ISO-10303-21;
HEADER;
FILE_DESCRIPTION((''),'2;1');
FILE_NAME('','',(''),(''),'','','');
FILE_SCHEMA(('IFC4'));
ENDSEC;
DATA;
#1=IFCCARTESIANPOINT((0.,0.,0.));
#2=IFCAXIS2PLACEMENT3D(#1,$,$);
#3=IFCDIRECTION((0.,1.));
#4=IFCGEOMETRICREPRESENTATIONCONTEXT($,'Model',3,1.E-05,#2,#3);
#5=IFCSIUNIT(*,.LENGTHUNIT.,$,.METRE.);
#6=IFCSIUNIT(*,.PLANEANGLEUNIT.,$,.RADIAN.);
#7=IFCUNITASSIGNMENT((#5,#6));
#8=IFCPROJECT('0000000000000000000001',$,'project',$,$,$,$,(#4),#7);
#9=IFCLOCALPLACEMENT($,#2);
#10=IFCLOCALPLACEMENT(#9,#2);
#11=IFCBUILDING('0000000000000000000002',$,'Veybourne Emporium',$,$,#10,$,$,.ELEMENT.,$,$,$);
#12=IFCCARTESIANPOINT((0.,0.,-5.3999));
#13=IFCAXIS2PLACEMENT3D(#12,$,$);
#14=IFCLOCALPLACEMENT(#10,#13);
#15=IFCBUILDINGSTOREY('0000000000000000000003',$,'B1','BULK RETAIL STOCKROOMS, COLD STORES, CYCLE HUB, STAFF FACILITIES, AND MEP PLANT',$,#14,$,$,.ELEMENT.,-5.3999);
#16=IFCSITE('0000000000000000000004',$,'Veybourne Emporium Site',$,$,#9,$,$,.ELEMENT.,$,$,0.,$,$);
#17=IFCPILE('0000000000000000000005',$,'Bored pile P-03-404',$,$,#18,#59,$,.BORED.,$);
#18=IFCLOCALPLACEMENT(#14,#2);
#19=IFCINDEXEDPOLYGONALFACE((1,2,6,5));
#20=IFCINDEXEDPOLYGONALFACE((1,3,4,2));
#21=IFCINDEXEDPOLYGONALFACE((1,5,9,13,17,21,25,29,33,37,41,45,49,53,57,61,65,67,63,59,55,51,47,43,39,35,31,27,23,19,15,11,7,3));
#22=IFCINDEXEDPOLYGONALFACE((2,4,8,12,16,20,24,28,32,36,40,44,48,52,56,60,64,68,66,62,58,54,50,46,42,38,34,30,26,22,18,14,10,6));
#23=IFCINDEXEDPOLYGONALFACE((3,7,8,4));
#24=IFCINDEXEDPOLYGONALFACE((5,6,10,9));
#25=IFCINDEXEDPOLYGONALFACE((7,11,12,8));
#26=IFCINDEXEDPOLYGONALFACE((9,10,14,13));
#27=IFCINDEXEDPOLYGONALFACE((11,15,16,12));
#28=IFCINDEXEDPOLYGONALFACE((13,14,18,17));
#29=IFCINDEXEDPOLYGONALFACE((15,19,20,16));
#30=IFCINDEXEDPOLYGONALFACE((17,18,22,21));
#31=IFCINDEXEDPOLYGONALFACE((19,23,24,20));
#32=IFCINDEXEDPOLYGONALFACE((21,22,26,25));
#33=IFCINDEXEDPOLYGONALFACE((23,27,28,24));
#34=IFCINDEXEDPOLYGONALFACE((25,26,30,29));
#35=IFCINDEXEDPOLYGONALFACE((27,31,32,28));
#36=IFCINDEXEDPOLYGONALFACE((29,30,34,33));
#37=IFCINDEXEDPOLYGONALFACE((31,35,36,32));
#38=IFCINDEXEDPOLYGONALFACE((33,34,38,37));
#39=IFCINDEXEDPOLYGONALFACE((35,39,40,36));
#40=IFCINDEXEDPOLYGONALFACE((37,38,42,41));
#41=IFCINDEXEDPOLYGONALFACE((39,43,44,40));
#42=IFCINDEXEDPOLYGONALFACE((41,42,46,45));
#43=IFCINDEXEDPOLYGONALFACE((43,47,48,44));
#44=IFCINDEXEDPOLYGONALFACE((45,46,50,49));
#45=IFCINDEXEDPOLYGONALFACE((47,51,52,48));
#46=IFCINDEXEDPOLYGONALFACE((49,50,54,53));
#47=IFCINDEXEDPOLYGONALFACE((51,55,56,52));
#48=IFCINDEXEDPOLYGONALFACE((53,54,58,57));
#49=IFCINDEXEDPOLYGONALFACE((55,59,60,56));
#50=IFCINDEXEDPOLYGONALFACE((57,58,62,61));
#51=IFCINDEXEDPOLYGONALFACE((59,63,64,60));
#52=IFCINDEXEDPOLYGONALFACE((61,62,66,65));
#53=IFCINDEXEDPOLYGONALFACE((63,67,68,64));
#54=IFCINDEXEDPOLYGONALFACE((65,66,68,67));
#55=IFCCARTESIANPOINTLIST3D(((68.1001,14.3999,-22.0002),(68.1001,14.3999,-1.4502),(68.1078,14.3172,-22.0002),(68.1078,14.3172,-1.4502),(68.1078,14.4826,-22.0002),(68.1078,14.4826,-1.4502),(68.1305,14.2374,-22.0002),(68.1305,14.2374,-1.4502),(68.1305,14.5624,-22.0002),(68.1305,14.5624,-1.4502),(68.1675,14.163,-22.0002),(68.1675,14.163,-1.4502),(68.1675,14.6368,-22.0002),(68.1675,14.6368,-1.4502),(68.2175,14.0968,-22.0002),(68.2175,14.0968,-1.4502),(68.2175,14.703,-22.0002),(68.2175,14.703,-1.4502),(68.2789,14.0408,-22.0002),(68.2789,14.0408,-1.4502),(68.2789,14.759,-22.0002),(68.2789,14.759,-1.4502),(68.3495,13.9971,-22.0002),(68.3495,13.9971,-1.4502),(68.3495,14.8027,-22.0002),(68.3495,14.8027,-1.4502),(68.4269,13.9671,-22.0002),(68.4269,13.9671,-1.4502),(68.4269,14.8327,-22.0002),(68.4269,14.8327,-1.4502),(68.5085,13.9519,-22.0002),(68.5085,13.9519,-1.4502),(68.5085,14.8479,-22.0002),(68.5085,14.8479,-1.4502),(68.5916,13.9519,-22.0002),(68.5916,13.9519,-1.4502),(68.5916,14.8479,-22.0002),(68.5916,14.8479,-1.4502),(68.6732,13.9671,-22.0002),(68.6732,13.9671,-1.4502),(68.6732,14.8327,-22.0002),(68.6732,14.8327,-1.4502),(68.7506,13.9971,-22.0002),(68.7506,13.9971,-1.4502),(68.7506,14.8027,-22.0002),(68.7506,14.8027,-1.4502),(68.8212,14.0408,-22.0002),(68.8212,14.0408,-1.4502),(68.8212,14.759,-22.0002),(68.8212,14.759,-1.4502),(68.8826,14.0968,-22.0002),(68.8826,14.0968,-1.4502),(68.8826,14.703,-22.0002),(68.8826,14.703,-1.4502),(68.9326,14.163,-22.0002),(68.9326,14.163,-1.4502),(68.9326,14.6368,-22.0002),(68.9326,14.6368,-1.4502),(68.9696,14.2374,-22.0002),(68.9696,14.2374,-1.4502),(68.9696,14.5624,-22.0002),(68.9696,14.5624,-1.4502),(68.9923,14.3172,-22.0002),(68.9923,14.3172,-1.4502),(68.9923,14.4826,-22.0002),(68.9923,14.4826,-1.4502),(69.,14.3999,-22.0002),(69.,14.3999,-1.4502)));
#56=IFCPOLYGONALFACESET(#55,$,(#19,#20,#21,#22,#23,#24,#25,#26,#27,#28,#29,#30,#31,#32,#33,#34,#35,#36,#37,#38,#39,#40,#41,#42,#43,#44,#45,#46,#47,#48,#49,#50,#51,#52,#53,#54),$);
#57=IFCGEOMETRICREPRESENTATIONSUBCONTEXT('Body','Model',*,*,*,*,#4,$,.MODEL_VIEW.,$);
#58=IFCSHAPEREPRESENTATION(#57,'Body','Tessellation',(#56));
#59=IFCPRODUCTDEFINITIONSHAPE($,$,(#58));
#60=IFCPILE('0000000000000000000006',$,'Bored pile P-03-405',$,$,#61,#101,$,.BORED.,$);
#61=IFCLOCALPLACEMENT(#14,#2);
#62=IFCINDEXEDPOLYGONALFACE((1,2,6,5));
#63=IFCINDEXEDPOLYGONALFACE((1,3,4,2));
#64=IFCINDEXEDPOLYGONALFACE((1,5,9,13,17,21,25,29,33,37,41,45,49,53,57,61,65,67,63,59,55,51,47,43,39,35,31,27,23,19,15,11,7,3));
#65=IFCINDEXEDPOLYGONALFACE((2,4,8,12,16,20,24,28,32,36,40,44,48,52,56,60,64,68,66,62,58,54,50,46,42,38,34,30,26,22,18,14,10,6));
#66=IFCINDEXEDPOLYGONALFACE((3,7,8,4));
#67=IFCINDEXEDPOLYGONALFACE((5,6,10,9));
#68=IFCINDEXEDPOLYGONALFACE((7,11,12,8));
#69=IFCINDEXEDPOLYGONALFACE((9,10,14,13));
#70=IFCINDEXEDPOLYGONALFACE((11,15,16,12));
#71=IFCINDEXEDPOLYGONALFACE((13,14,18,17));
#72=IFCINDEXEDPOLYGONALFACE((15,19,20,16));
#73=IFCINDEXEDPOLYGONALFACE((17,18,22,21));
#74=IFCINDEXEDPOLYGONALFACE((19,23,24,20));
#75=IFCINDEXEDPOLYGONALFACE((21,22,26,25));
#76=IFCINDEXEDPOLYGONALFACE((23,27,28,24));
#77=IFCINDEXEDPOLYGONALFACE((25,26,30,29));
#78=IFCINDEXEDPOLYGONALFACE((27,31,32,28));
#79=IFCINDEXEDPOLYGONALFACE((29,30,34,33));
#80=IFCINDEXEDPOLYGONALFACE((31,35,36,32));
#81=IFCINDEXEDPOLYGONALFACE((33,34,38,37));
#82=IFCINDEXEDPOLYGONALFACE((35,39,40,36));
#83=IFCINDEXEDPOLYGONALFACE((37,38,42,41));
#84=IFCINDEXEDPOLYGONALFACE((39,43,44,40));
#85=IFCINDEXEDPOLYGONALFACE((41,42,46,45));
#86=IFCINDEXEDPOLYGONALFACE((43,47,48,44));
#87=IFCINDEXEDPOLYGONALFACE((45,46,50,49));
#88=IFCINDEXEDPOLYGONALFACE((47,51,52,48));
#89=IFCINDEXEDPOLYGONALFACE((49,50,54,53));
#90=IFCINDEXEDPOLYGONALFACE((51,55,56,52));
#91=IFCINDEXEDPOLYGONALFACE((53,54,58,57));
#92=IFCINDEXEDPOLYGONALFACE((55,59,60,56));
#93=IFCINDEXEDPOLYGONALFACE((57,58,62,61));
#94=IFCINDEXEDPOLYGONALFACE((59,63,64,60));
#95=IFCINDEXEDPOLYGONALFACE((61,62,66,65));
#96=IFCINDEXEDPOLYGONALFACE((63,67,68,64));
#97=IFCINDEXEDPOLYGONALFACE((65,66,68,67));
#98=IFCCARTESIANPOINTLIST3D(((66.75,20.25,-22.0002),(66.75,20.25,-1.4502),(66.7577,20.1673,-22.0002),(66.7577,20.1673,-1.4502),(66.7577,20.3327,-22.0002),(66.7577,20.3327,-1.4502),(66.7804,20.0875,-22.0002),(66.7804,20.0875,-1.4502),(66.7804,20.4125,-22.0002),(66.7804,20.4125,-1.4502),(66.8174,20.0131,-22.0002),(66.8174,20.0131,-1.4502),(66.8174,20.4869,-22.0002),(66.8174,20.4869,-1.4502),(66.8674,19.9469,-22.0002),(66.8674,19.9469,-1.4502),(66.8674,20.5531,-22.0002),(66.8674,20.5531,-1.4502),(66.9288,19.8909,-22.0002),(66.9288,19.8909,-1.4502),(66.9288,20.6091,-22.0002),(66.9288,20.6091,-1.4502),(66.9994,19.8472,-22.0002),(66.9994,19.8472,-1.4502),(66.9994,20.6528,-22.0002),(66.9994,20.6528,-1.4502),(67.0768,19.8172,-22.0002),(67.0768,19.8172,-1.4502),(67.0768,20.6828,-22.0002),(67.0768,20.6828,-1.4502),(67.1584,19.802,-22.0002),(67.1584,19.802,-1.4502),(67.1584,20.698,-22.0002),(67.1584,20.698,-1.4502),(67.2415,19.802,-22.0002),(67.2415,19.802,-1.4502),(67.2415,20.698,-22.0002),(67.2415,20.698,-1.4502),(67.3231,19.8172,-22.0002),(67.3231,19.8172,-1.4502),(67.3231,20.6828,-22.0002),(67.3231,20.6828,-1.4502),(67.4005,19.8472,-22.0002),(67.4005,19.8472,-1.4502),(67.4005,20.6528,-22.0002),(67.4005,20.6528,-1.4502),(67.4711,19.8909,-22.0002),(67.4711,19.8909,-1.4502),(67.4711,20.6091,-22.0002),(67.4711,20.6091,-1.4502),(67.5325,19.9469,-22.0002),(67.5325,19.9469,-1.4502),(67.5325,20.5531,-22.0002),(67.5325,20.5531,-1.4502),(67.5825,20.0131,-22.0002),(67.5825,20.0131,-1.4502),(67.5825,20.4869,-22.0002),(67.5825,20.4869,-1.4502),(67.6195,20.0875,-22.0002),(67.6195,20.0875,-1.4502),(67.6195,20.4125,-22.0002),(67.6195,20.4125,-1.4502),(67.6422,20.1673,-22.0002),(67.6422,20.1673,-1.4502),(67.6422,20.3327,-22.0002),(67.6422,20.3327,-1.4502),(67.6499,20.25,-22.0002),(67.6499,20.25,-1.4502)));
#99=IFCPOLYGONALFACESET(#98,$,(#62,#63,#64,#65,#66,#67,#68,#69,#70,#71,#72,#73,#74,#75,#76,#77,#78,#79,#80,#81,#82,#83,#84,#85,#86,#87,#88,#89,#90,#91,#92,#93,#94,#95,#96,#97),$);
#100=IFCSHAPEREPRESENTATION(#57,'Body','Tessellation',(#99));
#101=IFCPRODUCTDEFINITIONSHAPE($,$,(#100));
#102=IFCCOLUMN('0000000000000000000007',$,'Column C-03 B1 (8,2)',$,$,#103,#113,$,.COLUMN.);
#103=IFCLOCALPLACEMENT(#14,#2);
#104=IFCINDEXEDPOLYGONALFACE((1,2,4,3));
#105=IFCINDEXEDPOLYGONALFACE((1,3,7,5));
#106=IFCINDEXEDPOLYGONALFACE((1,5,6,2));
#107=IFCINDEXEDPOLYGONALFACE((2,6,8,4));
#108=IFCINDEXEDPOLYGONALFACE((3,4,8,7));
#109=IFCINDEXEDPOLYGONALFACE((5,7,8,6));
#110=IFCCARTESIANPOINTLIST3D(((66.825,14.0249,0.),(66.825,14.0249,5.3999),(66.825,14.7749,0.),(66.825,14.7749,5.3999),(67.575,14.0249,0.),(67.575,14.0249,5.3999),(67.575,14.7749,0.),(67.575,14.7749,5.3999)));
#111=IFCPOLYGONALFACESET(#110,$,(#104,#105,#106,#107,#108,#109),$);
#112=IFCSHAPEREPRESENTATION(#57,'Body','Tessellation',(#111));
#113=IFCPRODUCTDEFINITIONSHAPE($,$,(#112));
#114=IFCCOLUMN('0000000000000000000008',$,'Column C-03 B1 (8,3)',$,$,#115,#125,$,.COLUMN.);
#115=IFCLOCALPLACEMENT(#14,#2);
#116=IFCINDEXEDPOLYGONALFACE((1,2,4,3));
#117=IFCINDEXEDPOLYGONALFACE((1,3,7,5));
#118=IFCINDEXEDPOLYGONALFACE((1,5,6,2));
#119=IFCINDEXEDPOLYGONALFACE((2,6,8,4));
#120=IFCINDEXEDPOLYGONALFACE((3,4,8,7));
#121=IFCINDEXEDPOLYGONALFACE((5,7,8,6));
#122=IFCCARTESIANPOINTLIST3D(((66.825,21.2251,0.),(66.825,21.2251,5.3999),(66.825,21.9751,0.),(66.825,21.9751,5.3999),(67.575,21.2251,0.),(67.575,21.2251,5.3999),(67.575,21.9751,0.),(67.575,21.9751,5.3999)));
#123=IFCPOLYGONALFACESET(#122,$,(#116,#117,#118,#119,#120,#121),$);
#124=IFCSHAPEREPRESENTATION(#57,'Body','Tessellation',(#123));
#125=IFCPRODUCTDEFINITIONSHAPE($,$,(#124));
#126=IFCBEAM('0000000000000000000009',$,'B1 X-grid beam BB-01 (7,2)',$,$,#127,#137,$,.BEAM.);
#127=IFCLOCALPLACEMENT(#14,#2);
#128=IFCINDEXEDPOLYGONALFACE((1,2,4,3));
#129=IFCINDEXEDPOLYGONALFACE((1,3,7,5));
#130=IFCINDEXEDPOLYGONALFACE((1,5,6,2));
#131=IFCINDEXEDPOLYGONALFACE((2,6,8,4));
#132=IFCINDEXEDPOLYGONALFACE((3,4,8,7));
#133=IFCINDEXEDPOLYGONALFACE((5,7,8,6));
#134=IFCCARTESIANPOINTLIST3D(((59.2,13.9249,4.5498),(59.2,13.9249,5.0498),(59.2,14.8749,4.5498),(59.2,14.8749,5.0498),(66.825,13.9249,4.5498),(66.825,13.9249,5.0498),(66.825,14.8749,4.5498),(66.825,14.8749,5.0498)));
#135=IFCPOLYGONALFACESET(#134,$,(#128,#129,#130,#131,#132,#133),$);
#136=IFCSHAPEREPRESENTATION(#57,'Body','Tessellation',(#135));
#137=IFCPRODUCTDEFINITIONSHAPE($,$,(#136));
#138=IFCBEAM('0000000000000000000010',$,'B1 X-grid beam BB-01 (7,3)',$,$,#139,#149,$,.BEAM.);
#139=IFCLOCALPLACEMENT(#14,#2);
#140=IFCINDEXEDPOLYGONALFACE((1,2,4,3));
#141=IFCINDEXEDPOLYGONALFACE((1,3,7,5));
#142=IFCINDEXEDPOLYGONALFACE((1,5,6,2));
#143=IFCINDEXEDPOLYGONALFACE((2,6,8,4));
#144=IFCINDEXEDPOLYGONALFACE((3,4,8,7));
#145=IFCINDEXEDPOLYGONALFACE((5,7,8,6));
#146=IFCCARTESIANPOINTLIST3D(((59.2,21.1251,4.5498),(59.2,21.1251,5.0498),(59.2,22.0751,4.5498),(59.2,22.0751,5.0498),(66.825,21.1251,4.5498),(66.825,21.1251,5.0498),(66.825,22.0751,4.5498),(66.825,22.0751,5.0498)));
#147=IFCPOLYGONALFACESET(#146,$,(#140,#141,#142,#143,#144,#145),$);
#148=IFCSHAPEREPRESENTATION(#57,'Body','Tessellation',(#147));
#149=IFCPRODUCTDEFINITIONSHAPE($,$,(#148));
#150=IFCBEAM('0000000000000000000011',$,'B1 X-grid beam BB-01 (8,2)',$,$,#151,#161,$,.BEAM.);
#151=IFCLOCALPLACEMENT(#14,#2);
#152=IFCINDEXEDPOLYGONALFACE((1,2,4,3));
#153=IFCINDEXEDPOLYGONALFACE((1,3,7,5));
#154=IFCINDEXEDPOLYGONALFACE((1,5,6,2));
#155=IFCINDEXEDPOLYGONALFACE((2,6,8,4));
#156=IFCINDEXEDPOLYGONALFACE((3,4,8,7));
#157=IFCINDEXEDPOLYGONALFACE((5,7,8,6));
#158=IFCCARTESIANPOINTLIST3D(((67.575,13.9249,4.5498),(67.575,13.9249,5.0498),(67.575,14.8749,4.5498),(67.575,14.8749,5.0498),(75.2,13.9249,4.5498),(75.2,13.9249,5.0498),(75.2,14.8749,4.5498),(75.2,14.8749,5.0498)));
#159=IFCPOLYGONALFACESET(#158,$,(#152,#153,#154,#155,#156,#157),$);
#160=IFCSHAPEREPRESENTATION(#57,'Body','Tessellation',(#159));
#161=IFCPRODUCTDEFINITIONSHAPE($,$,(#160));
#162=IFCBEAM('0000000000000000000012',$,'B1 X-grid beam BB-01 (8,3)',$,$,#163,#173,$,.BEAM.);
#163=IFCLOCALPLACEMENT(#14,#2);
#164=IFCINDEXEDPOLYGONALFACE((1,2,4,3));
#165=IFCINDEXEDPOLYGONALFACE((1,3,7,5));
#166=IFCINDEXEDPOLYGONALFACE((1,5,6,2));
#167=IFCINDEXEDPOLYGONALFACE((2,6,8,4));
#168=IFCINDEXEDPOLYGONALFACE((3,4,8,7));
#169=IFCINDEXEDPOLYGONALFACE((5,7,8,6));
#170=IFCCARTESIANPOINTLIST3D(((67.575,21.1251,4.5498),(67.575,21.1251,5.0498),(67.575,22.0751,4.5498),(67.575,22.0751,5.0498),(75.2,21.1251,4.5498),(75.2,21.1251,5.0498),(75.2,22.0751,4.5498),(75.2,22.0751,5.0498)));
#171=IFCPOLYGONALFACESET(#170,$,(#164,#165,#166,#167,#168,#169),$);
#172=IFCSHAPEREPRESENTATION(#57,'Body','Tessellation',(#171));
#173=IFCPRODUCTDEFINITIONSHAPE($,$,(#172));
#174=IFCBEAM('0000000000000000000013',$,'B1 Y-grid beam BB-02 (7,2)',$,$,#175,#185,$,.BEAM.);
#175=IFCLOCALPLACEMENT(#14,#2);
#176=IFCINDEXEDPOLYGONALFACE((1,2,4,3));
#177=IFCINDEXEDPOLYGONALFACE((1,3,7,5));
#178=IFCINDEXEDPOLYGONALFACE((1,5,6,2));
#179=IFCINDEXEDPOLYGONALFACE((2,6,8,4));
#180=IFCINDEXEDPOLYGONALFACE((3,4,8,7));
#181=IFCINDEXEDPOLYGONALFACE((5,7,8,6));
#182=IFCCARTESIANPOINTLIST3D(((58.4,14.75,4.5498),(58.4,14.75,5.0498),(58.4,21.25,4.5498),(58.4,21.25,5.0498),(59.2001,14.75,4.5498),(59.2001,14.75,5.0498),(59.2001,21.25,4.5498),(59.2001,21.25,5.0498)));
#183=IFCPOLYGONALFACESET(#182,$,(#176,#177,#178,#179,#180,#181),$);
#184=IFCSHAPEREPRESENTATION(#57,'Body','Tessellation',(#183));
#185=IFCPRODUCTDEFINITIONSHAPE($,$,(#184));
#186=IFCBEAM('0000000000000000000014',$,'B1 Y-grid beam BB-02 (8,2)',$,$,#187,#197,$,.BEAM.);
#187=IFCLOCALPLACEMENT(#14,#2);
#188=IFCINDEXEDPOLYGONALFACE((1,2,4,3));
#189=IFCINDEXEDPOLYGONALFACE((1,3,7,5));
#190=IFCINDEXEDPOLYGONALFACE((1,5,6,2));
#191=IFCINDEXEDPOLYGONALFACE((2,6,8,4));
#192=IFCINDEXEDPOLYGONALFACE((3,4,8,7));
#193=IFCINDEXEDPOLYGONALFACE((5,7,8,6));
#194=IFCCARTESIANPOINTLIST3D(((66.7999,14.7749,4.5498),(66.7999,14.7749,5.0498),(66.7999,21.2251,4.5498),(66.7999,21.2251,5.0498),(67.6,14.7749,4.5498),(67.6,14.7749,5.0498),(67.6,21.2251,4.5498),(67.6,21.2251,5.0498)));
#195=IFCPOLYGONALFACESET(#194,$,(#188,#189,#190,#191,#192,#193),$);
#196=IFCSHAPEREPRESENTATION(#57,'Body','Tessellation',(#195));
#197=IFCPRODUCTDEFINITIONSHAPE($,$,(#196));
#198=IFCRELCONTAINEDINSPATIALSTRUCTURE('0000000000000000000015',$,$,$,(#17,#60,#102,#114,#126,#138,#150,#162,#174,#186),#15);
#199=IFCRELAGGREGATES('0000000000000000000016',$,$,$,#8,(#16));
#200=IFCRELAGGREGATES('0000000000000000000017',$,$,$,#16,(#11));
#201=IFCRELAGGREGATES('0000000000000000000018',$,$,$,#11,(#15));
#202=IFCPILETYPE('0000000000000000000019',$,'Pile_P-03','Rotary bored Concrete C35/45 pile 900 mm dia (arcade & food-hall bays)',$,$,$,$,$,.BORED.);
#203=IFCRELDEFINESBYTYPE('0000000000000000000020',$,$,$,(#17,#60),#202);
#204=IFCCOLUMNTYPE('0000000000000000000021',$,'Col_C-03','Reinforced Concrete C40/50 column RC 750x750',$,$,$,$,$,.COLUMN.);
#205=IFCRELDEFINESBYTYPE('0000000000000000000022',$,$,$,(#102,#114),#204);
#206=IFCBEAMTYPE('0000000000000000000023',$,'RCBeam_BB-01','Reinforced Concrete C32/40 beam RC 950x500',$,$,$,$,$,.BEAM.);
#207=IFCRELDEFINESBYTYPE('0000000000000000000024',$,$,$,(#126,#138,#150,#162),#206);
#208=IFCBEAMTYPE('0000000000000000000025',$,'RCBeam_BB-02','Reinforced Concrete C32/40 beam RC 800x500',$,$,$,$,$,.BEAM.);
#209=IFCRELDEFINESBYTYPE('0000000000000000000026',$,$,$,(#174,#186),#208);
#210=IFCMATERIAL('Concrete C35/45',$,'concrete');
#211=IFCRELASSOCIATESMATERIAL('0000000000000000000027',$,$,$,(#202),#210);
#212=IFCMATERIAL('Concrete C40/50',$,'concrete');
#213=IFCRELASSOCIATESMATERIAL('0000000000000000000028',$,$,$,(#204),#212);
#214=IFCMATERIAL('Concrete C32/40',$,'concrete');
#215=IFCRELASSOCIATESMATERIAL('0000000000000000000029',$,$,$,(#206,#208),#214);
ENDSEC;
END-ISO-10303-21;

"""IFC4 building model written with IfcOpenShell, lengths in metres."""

from ifc_helpers import new_model, si_unit, direction, frame, origin, origin_2d, place, context, subcontext, project, spatial, rectangle, circle, extrude, material, material_profile, profile_set, type_object, element, save


model = new_model("IFC4")

# Units and contexts
model_context = context("Model", 3, precision=1e-05, world=origin(), true_north=direction((0.0, 1.0)))
body_context = subcontext(model_context, "Body", "Model", "MODEL_VIEW")
ifc_project = project(units=[si_unit("LENGTHUNIT", "METRE"), si_unit("PLANEANGLEUNIT", "RADIAN")], contexts=[model_context])

# Site, building, storey
site_placement = place(None, origin())
site = spatial("IfcSite", under=ifc_project, at=site_placement, Name="Veybourne Emporium Site", CompositionType="ELEMENT", RefElevation=0.0)
building_placement = place(site_placement, origin())
building = spatial("IfcBuilding", under=site, at=building_placement, Name="Veybourne Emporium", CompositionType="ELEMENT")
storey_placement = place(building_placement, frame((0.0, 0.0, -5.3999)))
storey = spatial("IfcBuildingStorey", under=building, at=storey_placement, Name="B1", Description="BULK RETAIL STOCKROOMS, COLD STORES, CYCLE HUB, STAFF FACILITIES, AND MEP PLANT", CompositionType="ELEMENT", Elevation=-5.3999)

# Shared definitions
ifc_material_1 = material(Name="Concrete C35/45", Category="concrete")

# Piles
ifc_material_profile_1 = material_profile(ifc_material_1, circle(Radius=0.45, at=origin_2d()), Name="BORED PILE 900")
ifc_profile_set_1 = profile_set([ifc_material_profile_1], Name="Concrete C35/45")
pile_type = type_object("IfcPileType", Name="Pile_P-03", Description="Rotary bored Concrete C35/45 pile 900 mm dia (arcade & food-hall bays)", PredefinedType="BORED", material=ifc_profile_set_1)
for number, where, z_axis, x_axis, name in (
    (1, (68.55, 14.3999, -1.4502), (0.0, 0.0, -1.0), (1.0, 0.0, 0.0), "Bored pile P-03-404"),
    (2, (67.2, 20.25, -1.4502), (0.0, 0.0, -1.0), (1.0, 0.0, 0.0), "Bored pile P-03-405"),
):
    element("IfcPile", number, at=place(storey_placement, frame(where, z_axis=z_axis, x_axis=x_axis)), inside=storey, type_object=pile_type, Name=name, PredefinedType="BORED", context=body_context, shape_type="SweptSolid", body=[
        extrude(circle(Radius=0.45, at=origin_2d()), origin(), (0.0, 0.0, 1.0), 20.55),
    ])

# Columns
ifc_material_2 = material(Name="Concrete C40/50", Category="concrete")
ifc_material_profile_2 = material_profile(ifc_material_2, rectangle(XDim=0.75, YDim=0.75, at=origin_2d()), Name="RC 750x750")
ifc_profile_set_2 = profile_set([ifc_material_profile_2], Name="Concrete C40/50")
column_type = type_object("IfcColumnType", Name="Col_C-03", Description="Reinforced Concrete C40/50 column RC 750x750", PredefinedType="COLUMN", material=ifc_profile_set_2)
for number, where, z_axis, x_axis, name in (
    (3, (67.2, 14.3999, 0.0), (0.0, 0.0, 1.0), (1.0, 0.0, 0.0), "Column C-03 B1 (8,2)"),
    (4, (67.2, 21.6001, 0.0), (0.0, 0.0, 1.0), (1.0, 0.0, 0.0), "Column C-03 B1 (8,3)"),
):
    element("IfcColumn", number, at=place(storey_placement, frame(where, z_axis=z_axis, x_axis=x_axis)), inside=storey, type_object=column_type, Name=name, PredefinedType="COLUMN", context=body_context, shape_type="SweptSolid", body=[
        extrude(rectangle(XDim=0.75, YDim=0.75, at=origin_2d()), origin(), (0.0, 0.0, 1.0), 5.3999),
    ])

# Beams
ifc_material_3 = material(Name="Concrete C32/40", Category="concrete")
ifc_material_profile_3 = material_profile(ifc_material_3, rectangle(XDim=0.95, YDim=0.5, at=origin_2d()), Name="RC 950x500")
ifc_profile_set_3 = profile_set([ifc_material_profile_3], Name="Concrete C32/40")
beam_type_1 = type_object("IfcBeamType", Name="RCBeam_BB-01", Description="Reinforced Concrete C32/40 beam RC 950x500", PredefinedType="BEAM", material=ifc_profile_set_3)
for number, where, z_axis, x_axis, name in (
    (5, (59.2, 14.3999, 4.7998), (1.0, 0.0, 0.0), (0.0, 1.0, 0.0), "B1 X-grid beam BB-01 (7,2)"),
    (6, (59.2, 21.6001, 4.7998), (1.0, 0.0, 0.0), (0.0, 1.0, 0.0), "B1 X-grid beam BB-01 (7,3)"),
    (7, (67.575, 14.3999, 4.7998), (1.0, 0.0, 0.0), (0.0, 1.0, 0.0), "B1 X-grid beam BB-01 (8,2)"),
    (8, (67.575, 21.6001, 4.7998), (1.0, 0.0, 0.0), (0.0, 1.0, 0.0), "B1 X-grid beam BB-01 (8,3)"),
):
    element("IfcBeam", number, at=place(storey_placement, frame(where, z_axis=z_axis, x_axis=x_axis)), inside=storey, type_object=beam_type_1, Name=name, PredefinedType="BEAM", context=body_context, shape_type="SweptSolid", body=[
        extrude(rectangle(XDim=0.95, YDim=0.5, at=origin_2d()), origin(), (0.0, 0.0, 1.0), 7.625),
    ])
ifc_material_profile_4 = material_profile(ifc_material_3, rectangle(XDim=0.8, YDim=0.5, at=origin_2d()), Name="RC 800x500")
ifc_profile_set_4 = profile_set([ifc_material_profile_4], Name="Concrete C32/40")
beam_type_2 = type_object("IfcBeamType", Name="RCBeam_BB-02", Description="Reinforced Concrete C32/40 beam RC 800x500", PredefinedType="BEAM", material=ifc_profile_set_4)
beam_1_placement = place(storey_placement, frame((58.8, 14.75, 4.7998), z_axis=(0.0, 1.0, 0.0), x_axis=(-1.0, 0.0, 0.0)))
element("IfcBeam", 9, at=beam_1_placement, inside=storey, type_object=beam_type_2, Name="B1 Y-grid beam BB-02 (7,2)", PredefinedType="BEAM", context=body_context, shape_type="SweptSolid", body=[
    extrude(rectangle(XDim=0.8, YDim=0.5, at=origin_2d()), origin(), (0.0, 0.0, 1.0), 6.5),
])
beam_2_placement = place(storey_placement, frame((67.2, 14.7749, 4.7998), z_axis=(0.0, 1.0, 0.0), x_axis=(-1.0, 0.0, 0.0)))
element("IfcBeam", 10, at=beam_2_placement, inside=storey, type_object=beam_type_2, Name="B1 Y-grid beam BB-02 (8,2)", PredefinedType="BEAM", context=body_context, shape_type="SweptSolid", body=[
    extrude(rectangle(XDim=0.8, YDim=0.5, at=origin_2d()), origin(), (0.0, 0.0, 1.0), 6.4502),
])

save(model, "model.ifc")
